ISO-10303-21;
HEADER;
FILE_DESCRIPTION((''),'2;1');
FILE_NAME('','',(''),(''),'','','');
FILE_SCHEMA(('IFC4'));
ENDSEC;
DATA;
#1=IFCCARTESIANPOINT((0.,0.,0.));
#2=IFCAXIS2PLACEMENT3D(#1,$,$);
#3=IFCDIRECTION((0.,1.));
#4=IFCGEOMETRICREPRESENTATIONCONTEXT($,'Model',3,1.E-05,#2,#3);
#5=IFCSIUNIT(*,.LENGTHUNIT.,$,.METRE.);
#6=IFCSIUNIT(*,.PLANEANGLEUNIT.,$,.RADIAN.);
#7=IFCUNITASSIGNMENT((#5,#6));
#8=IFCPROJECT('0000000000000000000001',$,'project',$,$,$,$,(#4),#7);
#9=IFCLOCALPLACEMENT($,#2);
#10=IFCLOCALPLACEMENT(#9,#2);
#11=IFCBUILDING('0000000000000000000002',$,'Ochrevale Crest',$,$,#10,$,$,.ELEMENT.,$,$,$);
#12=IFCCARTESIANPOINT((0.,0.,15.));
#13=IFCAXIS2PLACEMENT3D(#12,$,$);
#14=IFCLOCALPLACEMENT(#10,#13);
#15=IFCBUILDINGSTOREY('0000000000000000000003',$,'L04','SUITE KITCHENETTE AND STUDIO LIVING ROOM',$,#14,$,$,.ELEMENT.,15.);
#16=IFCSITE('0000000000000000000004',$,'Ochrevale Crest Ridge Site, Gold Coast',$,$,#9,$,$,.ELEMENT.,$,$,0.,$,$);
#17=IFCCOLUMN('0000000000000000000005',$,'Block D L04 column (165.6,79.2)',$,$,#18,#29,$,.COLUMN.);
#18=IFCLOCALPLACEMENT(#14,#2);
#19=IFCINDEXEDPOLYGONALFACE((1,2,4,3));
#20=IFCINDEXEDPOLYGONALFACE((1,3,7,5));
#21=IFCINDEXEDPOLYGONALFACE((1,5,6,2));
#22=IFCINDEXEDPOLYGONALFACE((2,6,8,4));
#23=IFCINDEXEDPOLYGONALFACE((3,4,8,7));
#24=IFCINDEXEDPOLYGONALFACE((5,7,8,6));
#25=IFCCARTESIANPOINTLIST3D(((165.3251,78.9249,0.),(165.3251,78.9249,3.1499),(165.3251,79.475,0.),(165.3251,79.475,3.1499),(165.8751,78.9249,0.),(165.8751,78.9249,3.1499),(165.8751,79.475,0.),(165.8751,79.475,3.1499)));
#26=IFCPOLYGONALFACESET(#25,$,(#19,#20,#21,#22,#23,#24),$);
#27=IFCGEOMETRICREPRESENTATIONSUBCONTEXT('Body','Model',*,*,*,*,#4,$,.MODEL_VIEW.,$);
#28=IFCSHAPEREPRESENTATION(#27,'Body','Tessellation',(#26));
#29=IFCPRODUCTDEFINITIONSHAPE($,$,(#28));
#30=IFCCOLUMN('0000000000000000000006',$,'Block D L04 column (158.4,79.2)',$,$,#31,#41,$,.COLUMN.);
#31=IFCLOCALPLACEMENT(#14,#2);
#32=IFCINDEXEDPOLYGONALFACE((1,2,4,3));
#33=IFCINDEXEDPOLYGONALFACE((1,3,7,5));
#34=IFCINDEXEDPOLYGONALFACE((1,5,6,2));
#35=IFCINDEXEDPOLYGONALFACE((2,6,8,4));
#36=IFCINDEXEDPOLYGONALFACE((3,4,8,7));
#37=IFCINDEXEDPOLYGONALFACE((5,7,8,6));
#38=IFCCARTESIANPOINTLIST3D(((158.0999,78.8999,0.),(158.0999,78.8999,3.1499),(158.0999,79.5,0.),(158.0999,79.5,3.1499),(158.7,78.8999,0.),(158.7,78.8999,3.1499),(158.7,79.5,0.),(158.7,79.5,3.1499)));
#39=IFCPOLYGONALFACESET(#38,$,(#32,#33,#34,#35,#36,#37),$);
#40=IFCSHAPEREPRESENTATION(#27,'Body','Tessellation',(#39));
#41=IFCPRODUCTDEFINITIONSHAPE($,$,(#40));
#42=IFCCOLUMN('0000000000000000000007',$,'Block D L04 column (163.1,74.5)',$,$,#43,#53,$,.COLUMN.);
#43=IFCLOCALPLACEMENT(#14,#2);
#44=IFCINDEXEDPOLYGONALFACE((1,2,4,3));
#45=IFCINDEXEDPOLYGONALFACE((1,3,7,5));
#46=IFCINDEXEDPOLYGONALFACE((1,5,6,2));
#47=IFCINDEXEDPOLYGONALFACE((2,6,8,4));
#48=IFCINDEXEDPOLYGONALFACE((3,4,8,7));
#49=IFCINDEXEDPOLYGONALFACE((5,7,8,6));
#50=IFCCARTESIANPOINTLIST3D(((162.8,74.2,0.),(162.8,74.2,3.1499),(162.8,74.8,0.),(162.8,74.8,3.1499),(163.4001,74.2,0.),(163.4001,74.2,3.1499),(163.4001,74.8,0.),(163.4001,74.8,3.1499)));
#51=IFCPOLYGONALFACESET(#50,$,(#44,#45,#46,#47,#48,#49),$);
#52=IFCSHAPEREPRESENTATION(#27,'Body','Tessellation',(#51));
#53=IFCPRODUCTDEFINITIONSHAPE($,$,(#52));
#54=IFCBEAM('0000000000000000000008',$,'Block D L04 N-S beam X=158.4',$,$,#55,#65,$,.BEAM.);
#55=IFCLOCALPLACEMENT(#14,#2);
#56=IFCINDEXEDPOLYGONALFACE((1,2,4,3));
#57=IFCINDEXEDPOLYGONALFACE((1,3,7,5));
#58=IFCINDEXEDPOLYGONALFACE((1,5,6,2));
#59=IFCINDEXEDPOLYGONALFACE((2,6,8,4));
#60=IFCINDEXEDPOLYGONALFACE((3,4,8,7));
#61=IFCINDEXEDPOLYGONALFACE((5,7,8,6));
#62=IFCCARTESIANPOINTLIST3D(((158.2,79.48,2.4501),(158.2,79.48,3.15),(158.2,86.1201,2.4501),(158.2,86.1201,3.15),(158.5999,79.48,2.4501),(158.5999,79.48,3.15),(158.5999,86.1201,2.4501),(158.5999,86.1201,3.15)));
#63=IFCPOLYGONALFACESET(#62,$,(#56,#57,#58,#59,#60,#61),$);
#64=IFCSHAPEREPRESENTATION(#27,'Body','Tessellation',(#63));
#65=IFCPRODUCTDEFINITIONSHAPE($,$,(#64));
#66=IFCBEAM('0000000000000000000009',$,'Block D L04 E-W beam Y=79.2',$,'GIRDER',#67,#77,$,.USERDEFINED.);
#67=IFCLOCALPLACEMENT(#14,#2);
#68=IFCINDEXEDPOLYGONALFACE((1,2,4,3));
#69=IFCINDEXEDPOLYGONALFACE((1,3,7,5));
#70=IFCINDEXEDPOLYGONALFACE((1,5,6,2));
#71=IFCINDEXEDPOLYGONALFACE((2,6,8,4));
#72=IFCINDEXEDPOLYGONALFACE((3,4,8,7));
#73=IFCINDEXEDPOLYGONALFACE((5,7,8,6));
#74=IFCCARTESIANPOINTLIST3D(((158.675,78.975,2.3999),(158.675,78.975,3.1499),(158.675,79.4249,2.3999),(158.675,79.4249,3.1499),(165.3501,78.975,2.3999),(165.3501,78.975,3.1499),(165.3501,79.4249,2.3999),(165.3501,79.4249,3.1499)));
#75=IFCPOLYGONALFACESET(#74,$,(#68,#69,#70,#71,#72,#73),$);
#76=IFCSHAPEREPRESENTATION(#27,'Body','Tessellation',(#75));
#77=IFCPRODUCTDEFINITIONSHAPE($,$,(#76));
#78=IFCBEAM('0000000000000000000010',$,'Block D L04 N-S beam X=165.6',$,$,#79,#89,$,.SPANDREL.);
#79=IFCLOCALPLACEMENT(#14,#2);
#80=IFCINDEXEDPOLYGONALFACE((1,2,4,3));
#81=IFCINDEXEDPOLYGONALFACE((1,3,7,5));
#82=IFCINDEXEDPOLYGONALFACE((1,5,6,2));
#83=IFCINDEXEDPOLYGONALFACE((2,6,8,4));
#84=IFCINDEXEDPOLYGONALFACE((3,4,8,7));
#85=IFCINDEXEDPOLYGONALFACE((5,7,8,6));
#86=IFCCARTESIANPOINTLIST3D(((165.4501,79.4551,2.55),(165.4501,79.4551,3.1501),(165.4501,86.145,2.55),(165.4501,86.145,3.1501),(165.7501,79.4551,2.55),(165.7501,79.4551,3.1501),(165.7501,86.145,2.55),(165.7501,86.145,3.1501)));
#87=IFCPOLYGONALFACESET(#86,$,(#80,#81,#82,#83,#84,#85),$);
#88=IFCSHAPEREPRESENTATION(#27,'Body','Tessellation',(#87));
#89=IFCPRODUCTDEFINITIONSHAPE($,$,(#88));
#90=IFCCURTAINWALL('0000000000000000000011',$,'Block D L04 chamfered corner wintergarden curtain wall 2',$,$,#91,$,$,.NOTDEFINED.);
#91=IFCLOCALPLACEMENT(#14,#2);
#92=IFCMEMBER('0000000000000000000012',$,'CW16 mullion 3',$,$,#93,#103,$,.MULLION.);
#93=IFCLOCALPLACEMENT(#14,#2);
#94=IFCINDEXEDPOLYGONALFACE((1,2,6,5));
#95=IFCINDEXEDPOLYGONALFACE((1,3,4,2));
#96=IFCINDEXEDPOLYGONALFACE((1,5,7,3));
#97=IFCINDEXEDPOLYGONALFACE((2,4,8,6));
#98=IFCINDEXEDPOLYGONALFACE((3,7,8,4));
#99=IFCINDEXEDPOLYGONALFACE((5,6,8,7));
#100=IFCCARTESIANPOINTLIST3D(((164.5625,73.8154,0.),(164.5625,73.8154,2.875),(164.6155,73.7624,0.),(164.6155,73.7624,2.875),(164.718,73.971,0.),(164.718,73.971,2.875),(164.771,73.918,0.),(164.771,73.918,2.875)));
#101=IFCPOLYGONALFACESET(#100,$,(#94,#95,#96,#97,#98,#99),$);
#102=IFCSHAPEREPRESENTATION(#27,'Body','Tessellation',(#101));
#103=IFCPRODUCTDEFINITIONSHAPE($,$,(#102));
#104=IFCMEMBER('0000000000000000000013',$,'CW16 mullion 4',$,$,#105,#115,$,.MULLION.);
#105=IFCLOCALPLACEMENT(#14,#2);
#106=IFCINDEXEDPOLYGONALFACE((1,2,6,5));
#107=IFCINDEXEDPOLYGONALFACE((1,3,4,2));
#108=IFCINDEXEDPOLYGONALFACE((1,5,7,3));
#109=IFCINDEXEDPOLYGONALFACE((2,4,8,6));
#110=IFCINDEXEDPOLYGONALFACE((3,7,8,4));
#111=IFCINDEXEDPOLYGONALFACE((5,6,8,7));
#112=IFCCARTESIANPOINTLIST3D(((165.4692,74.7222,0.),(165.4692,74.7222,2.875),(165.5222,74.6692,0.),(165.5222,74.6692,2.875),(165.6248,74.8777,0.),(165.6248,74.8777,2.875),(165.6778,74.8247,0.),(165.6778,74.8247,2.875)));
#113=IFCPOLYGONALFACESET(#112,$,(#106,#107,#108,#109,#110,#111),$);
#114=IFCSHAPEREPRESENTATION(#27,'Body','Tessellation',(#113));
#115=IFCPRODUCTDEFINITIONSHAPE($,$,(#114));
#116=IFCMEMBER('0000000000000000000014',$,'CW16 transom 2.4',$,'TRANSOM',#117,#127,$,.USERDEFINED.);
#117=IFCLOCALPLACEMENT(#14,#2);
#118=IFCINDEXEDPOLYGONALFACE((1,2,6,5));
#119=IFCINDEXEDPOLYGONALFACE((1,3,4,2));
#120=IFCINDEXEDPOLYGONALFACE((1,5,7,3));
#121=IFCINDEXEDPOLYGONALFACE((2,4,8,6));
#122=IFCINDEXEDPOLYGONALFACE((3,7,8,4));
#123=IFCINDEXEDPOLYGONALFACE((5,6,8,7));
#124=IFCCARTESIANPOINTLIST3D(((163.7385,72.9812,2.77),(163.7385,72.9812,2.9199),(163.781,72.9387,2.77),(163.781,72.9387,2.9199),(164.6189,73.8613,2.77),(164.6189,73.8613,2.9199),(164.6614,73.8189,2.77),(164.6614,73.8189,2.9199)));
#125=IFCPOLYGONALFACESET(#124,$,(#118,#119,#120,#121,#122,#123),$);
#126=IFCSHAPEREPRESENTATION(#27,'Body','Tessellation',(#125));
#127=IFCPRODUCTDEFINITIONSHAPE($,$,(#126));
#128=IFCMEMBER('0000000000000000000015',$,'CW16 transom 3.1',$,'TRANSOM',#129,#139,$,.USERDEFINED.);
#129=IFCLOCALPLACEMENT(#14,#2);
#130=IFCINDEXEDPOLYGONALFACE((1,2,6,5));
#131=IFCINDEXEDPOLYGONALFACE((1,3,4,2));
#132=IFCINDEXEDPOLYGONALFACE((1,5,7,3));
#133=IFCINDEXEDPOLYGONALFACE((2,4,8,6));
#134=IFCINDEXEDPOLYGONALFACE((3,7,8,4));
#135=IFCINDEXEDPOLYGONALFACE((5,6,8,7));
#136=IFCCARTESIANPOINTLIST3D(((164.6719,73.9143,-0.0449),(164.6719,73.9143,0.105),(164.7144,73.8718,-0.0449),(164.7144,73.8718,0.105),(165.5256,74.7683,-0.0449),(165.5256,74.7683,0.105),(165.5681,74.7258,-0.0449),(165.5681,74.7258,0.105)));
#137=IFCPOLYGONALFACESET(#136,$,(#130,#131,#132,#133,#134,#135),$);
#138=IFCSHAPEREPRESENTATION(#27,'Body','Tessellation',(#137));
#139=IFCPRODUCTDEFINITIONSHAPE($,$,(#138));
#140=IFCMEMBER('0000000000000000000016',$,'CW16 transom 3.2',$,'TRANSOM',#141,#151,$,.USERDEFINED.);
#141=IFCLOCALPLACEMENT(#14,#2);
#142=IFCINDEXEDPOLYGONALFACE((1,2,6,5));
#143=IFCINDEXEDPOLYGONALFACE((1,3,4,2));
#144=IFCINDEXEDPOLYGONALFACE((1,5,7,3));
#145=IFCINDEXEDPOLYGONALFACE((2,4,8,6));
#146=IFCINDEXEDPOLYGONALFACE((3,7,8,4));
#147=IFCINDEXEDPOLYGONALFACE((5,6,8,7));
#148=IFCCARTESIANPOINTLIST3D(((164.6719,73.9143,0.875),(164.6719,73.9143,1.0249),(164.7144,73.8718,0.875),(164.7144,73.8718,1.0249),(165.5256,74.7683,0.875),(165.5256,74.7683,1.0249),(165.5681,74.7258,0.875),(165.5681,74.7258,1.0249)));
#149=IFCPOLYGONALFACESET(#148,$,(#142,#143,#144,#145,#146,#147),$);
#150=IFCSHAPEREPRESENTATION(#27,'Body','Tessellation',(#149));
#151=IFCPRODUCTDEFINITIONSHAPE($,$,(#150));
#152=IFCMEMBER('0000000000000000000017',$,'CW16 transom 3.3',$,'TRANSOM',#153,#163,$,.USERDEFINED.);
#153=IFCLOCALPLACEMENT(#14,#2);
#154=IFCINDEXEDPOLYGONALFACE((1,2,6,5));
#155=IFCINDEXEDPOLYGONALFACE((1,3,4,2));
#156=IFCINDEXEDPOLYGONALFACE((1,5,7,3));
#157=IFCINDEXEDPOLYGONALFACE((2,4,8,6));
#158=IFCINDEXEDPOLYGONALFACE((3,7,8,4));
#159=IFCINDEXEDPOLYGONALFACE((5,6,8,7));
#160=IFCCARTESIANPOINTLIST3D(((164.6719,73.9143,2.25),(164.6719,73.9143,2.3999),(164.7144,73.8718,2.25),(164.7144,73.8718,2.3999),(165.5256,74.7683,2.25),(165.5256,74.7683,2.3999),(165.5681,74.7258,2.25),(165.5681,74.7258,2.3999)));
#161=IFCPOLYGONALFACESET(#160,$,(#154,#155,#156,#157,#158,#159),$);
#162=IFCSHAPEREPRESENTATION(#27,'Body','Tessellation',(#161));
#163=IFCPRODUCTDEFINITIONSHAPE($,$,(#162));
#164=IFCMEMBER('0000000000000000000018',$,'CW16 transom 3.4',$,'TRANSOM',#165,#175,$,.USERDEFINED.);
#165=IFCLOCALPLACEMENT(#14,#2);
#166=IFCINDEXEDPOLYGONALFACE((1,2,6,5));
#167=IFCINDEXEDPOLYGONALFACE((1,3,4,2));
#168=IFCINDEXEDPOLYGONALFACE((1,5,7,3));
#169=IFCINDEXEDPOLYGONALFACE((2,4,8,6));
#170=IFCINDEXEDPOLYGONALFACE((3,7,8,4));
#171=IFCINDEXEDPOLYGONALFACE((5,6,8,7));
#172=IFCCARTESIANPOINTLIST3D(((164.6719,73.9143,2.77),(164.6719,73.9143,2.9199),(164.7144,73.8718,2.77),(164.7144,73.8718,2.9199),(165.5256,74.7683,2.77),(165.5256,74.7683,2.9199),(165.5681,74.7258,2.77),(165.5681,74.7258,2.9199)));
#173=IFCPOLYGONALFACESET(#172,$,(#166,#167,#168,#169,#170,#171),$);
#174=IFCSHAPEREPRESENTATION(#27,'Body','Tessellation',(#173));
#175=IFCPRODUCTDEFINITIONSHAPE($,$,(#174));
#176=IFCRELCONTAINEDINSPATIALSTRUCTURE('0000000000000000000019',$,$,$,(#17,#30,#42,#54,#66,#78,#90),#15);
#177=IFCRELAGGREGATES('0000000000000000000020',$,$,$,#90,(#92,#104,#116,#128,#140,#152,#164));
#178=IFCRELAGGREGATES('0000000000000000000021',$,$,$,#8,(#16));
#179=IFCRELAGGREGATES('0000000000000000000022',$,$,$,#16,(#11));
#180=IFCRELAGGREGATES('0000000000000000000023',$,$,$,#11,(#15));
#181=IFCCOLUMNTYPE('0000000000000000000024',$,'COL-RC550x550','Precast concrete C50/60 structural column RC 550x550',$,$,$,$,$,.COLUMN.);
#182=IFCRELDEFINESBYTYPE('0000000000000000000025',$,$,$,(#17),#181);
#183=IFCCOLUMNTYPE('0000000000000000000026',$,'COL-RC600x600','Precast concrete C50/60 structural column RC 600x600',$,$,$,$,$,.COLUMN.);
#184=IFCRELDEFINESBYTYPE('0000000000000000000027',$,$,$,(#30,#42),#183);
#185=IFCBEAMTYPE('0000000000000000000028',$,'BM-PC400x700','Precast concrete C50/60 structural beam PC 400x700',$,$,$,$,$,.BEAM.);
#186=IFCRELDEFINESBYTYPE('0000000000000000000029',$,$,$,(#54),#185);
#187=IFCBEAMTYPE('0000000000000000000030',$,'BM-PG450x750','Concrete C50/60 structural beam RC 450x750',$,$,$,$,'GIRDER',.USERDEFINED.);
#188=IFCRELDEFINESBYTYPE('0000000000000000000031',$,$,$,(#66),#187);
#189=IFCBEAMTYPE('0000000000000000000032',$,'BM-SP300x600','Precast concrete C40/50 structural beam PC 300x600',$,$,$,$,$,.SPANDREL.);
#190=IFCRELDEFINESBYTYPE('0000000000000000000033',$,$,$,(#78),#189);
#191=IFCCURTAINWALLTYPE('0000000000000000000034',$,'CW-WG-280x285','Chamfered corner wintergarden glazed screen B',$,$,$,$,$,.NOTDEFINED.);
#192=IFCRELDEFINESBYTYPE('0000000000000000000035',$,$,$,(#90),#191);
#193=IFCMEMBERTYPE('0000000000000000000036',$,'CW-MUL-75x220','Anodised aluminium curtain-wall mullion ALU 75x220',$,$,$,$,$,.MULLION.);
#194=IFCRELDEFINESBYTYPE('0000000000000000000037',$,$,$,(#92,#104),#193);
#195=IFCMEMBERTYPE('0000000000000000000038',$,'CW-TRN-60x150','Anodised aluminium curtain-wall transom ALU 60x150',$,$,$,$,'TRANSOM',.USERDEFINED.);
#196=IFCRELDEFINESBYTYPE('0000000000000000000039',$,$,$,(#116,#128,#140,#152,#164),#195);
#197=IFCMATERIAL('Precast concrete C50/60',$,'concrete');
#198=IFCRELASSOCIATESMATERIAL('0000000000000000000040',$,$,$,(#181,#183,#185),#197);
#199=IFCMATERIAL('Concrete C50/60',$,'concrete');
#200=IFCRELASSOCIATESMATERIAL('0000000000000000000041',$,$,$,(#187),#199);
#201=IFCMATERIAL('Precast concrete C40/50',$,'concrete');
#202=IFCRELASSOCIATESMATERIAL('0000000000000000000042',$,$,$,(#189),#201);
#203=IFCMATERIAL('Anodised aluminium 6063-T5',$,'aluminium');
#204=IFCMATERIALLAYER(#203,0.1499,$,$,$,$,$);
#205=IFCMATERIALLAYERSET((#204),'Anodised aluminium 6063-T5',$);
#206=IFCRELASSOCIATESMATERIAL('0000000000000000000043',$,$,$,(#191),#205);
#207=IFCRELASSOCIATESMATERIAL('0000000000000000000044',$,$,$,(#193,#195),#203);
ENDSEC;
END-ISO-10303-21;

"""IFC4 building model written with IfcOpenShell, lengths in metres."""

from ifc_helpers import new_model, si_unit, direction, frame, origin, origin_2d, place, context, subcontext, project, spatial, rectangle, extrude, material, layer, layer_set, material_profile, profile_set, type_object, element, aggregate, save


model = new_model("IFC4")

# Units and contexts
model_context = context("Model", 3, precision=1e-05, world=origin(), true_north=direction((0.0, 1.0)))
body_context = subcontext(model_context, "Body", "Model", "MODEL_VIEW")
ifc_project = project(units=[si_unit("LENGTHUNIT", "METRE"), si_unit("PLANEANGLEUNIT", "RADIAN")], contexts=[model_context])

# Site, building, storey
site_placement = place(None, origin())
site = spatial("IfcSite", under=ifc_project, at=site_placement, Name="Ochrevale Crest Ridge Site, Gold Coast", CompositionType="ELEMENT", RefElevation=0.0)
building_placement = place(site_placement, origin())
building = spatial("IfcBuilding", under=site, at=building_placement, Name="Ochrevale Crest", CompositionType="ELEMENT")
storey_placement = place(building_placement, frame((0.0, 0.0, 15.0)))
storey = spatial("IfcBuildingStorey", under=building, at=storey_placement, Name="L04", Description="SUITE KITCHENETTE AND STUDIO LIVING ROOM", CompositionType="ELEMENT", Elevation=15.0)

# Columns
ifc_material_1 = material(Name="Precast concrete C50/60", Category="concrete")
ifc_material_profile_1 = material_profile(ifc_material_1, rectangle(XDim=0.55, YDim=0.55, at=origin_2d()), Name="RC 550x550")
ifc_profile_set_1 = profile_set([ifc_material_profile_1], Name="Precast concrete C50/60")
column_type_1 = type_object("IfcColumnType", Name="COL-RC550x550", Description="Precast concrete C50/60 structural column RC 550x550", PredefinedType="COLUMN", material=ifc_profile_set_1)
column_placement = place(storey_placement, frame((165.6001, 79.2, 0.0), z_axis=(0.0, 0.0, 1.0), x_axis=(1.0, 0.0, 0.0)))
element("IfcColumn", 1, at=column_placement, inside=storey, type_object=column_type_1, Name="Block D L04 column (165.6,79.2)", PredefinedType="COLUMN", context=body_context, shape_type="SweptSolid", body=[
    extrude(rectangle(XDim=0.55, YDim=0.55, at=origin_2d()), origin(), (0.0, 0.0, 1.0), 3.1499),
])
ifc_material_profile_2 = material_profile(ifc_material_1, rectangle(XDim=0.6001, YDim=0.6001, at=origin_2d()), Name="RC 600x600")
ifc_profile_set_2 = profile_set([ifc_material_profile_2], Name="Precast concrete C50/60")
column_type_2 = type_object("IfcColumnType", Name="COL-RC600x600", Description="Precast concrete C50/60 structural column RC 600x600", PredefinedType="COLUMN", material=ifc_profile_set_2)
for number, where, z_axis, x_axis, name in (
    (2, (158.3999, 79.2, 0.0), (0.0, 0.0, 1.0), (1.0, 0.0, 0.0), "Block D L04 column (158.4,79.2)"),
    (3, (163.1001, 74.5, 0.0), (0.0, 0.0, 1.0), (1.0, 0.0, 0.0), "Block D L04 column (163.1,74.5)"),
):
    element("IfcColumn", number, at=place(storey_placement, frame(where, z_axis=z_axis, x_axis=x_axis)), inside=storey, type_object=column_type_2, Name=name, PredefinedType="COLUMN", context=body_context, shape_type="SweptSolid", body=[
        extrude(rectangle(XDim=0.6001, YDim=0.6001, at=origin_2d()), origin(), (0.0, 0.0, 1.0), 3.1499),
    ])

# Beams
ifc_material_profile_3 = material_profile(ifc_material_1, rectangle(XDim=0.3999, YDim=0.7, at=origin_2d()), Name="PC 400x700")
ifc_profile_set_3 = profile_set([ifc_material_profile_3], Name="Precast concrete C50/60")
beam_type_1 = type_object("IfcBeamType", Name="BM-PC400x700", Description="Precast concrete C50/60 structural beam PC 400x700", PredefinedType="BEAM", material=ifc_profile_set_3)
beam_1_placement = place(storey_placement, frame((158.3999, 79.48, 2.8), z_axis=(0.0, 1.0, 0.0), x_axis=(-1.0, 0.0, 0.0)))
element("IfcBeam", 4, at=beam_1_placement, inside=storey, type_object=beam_type_1, Name="Block D L04 N-S beam X=158.4", PredefinedType="BEAM", context=body_context, shape_type="SweptSolid", body=[
    extrude(rectangle(XDim=0.3999, YDim=0.7, at=origin_2d()), origin(), (0.0, 0.0, 1.0), 6.6401),
])
ifc_material_2 = material(Name="Concrete C50/60", Category="concrete")
ifc_material_profile_4 = material_profile(ifc_material_2, rectangle(XDim=0.45, YDim=0.75, at=origin_2d()), Name="RC 450x750")
ifc_profile_set_4 = profile_set([ifc_material_profile_4], Name="Concrete C50/60")
beam_type_2 = type_object("IfcBeamType", Name="BM-PG450x750", Description="Concrete C50/60 structural beam RC 450x750", ElementType="GIRDER", PredefinedType="USERDEFINED", material=ifc_profile_set_4)
beam_2_placement = place(storey_placement, frame((158.675, 79.2, 2.7749), z_axis=(1.0, 0.0, 0.0), x_axis=(0.0, 1.0, 0.0)))
element("IfcBeam", 5, at=beam_2_placement, inside=storey, type_object=beam_type_2, Name="Block D L04 E-W beam Y=79.2", ObjectType="GIRDER", PredefinedType="USERDEFINED", context=body_context, shape_type="SweptSolid", body=[
    extrude(rectangle(XDim=0.45, YDim=0.75, at=origin_2d()), origin(), (0.0, 0.0, 1.0), 6.675),
])
ifc_material_3 = material(Name="Precast concrete C40/50", Category="concrete")
ifc_material_profile_5 = material_profile(ifc_material_3, rectangle(XDim=0.3, YDim=0.6001, at=origin_2d()), Name="PC 300x600")
ifc_profile_set_5 = profile_set([ifc_material_profile_5], Name="Precast concrete C40/50")
beam_type_3 = type_object("IfcBeamType", Name="BM-SP300x600", Description="Precast concrete C40/50 structural beam PC 300x600", PredefinedType="SPANDREL", material=ifc_profile_set_5)
beam_3_placement = place(storey_placement, frame((165.6001, 79.4551, 2.8501), z_axis=(0.0, 1.0, 0.0), x_axis=(-1.0, 0.0, 0.0)))
element("IfcBeam", 6, at=beam_3_placement, inside=storey, type_object=beam_type_3, Name="Block D L04 N-S beam X=165.6", PredefinedType="SPANDREL", context=body_context, shape_type="SweptSolid", body=[
    extrude(rectangle(XDim=0.3, YDim=0.6001, at=origin_2d()), origin(), (0.0, 0.0, 1.0), 6.6899),
])

# Curtain wall, members
ifc_material_4 = material(Name="Anodised aluminium 6063-T5", Category="aluminium")
ifc_layer_1 = layer(ifc_material_4, 0.1499)
ifc_layer_set_1 = layer_set([ifc_layer_1], Name="Anodised aluminium 6063-T5")
curtain_wall_type = type_object("IfcCurtainWallType", Name="CW-WG-280x285", Description="Chamfered corner wintergarden glazed screen B", PredefinedType="NOTDEFINED", material=ifc_layer_set_1)
curtain_wall_placement = place(storey_placement, origin())
curtain_wall = element("IfcCurtainWall", 7, at=curtain_wall_placement, inside=storey, type_object=curtain_wall_type, Name="Block D L04 chamfered corner wintergarden curtain wall 2", PredefinedType="NOTDEFINED")
ifc_material_profile_6 = material_profile(ifc_material_4, rectangle(XDim=0.075, YDim=0.22, at=origin_2d()), Name="ALU 75x220")
ifc_profile_set_6 = profile_set([ifc_material_profile_6], Name="Anodised aluminium 6063-T5")
member_type_1 = type_object("IfcMemberType", Name="CW-MUL-75x220", Description="Anodised aluminium curtain-wall mullion ALU 75x220", PredefinedType="MULLION", material=ifc_profile_set_6)
member_1_placement = place(storey_placement, frame((164.6667, 73.8667, 0.0), z_axis=(0.0, 0.0, 1.0), x_axis=(-0.707107, 0.707107, 0.0)))
member_1 = element("IfcMember", 8, at=member_1_placement, type_object=member_type_1, Name="CW16 mullion 3", PredefinedType="MULLION", context=body_context, shape_type="SweptSolid", body=[
    extrude(rectangle(XDim=0.075, YDim=0.22, at=origin_2d()), origin(), (0.0, 0.0, 1.0), 2.875),
])
member_2_placement = place(storey_placement, frame((165.5735, 74.7734, 0.0), z_axis=(0.0, 0.0, 1.0), x_axis=(-0.707107, 0.707107, 0.0)))
member_2 = element("IfcMember", 9, at=member_2_placement, type_object=member_type_1, Name="CW16 mullion 4", PredefinedType="MULLION", context=body_context, shape_type="SweptSolid", body=[
    extrude(rectangle(XDim=0.075, YDim=0.22, at=origin_2d()), origin(), (0.0, 0.0, 1.0), 2.875),
])
ifc_material_profile_7 = material_profile(ifc_material_4, rectangle(XDim=0.0601, YDim=0.1499, at=origin_2d()), Name="ALU 60x150")
ifc_profile_set_7 = profile_set([ifc_material_profile_7], Name="Anodised aluminium 6063-T5")
member_type_2 = type_object("IfcMemberType", Name="CW-TRN-60x150", Description="Anodised aluminium curtain-wall transom ALU 60x150", ElementType="TRANSOM", PredefinedType="USERDEFINED", material=ifc_profile_set_7)
member_3_placement = place(storey_placement, frame((163.7598, 72.96, 2.845), z_axis=(0.707205, 0.707009, 0.0), x_axis=(-0.707009, 0.707205, 0.0)))
member_3 = element("IfcMember", 10, at=member_3_placement, type_object=member_type_2, Name="CW16 transom 2.4", ObjectType="TRANSOM", PredefinedType="USERDEFINED", context=body_context, shape_type="SweptSolid", body=[
    extrude(rectangle(XDim=0.0601, YDim=0.1499, at=origin_2d()), origin(), (0.0, 0.0, 1.0), 1.2449),
])
member_4_placement = place(storey_placement, frame((164.6931, 73.8931, 0.03), z_axis=(0.707006, 0.707208, 0.0), x_axis=(-0.707208, 0.707006, 0.0)))
member_4 = element("IfcMember", 11, at=member_4_placement, type_object=member_type_2, Name="CW16 transom 3.1", ObjectType="TRANSOM", PredefinedType="USERDEFINED", context=body_context, shape_type="SweptSolid", body=[
    extrude(rectangle(XDim=0.0601, YDim=0.1499, at=origin_2d()), origin(), (0.0, 0.0, 1.0), 1.2075),
])
member_5_placement = place(storey_placement, frame((164.6931, 73.8931, 0.95), z_axis=(0.707006, 0.707208, 0.0), x_axis=(-0.707208, 0.707006, 0.0)))
member_5 = element("IfcMember", 12, at=member_5_placement, type_object=member_type_2, Name="CW16 transom 3.2", ObjectType="TRANSOM", PredefinedType="USERDEFINED", context=body_context, shape_type="SweptSolid", body=[
    extrude(rectangle(XDim=0.0601, YDim=0.1499, at=origin_2d()), origin(), (0.0, 0.0, 1.0), 1.2075),
])
member_6_placement = place(storey_placement, frame((164.6931, 73.8931, 2.325), z_axis=(0.707006, 0.707208, 0.0), x_axis=(-0.707208, 0.707006, 0.0)))
member_6 = element("IfcMember", 13, at=member_6_placement, type_object=member_type_2, Name="CW16 transom 3.3", ObjectType="TRANSOM", PredefinedType="USERDEFINED", context=body_context, shape_type="SweptSolid", body=[
    extrude(rectangle(XDim=0.0601, YDim=0.1499, at=origin_2d()), origin(), (0.0, 0.0, 1.0), 1.2075),
])
member_7_placement = place(storey_placement, frame((164.6931, 73.8931, 2.845), z_axis=(0.707006, 0.707208, 0.0), x_axis=(-0.707208, 0.707006, 0.0)))
member_7 = element("IfcMember", 14, at=member_7_placement, type_object=member_type_2, Name="CW16 transom 3.4", ObjectType="TRANSOM", PredefinedType="USERDEFINED", context=body_context, shape_type="SweptSolid", body=[
    extrude(rectangle(XDim=0.0601, YDim=0.1499, at=origin_2d()), origin(), (0.0, 0.0, 1.0), 1.2075),
])
aggregate(curtain_wall, [member_1, member_2, member_3, member_4, member_5, member_6, member_7])

save(model, "model.ifc")
